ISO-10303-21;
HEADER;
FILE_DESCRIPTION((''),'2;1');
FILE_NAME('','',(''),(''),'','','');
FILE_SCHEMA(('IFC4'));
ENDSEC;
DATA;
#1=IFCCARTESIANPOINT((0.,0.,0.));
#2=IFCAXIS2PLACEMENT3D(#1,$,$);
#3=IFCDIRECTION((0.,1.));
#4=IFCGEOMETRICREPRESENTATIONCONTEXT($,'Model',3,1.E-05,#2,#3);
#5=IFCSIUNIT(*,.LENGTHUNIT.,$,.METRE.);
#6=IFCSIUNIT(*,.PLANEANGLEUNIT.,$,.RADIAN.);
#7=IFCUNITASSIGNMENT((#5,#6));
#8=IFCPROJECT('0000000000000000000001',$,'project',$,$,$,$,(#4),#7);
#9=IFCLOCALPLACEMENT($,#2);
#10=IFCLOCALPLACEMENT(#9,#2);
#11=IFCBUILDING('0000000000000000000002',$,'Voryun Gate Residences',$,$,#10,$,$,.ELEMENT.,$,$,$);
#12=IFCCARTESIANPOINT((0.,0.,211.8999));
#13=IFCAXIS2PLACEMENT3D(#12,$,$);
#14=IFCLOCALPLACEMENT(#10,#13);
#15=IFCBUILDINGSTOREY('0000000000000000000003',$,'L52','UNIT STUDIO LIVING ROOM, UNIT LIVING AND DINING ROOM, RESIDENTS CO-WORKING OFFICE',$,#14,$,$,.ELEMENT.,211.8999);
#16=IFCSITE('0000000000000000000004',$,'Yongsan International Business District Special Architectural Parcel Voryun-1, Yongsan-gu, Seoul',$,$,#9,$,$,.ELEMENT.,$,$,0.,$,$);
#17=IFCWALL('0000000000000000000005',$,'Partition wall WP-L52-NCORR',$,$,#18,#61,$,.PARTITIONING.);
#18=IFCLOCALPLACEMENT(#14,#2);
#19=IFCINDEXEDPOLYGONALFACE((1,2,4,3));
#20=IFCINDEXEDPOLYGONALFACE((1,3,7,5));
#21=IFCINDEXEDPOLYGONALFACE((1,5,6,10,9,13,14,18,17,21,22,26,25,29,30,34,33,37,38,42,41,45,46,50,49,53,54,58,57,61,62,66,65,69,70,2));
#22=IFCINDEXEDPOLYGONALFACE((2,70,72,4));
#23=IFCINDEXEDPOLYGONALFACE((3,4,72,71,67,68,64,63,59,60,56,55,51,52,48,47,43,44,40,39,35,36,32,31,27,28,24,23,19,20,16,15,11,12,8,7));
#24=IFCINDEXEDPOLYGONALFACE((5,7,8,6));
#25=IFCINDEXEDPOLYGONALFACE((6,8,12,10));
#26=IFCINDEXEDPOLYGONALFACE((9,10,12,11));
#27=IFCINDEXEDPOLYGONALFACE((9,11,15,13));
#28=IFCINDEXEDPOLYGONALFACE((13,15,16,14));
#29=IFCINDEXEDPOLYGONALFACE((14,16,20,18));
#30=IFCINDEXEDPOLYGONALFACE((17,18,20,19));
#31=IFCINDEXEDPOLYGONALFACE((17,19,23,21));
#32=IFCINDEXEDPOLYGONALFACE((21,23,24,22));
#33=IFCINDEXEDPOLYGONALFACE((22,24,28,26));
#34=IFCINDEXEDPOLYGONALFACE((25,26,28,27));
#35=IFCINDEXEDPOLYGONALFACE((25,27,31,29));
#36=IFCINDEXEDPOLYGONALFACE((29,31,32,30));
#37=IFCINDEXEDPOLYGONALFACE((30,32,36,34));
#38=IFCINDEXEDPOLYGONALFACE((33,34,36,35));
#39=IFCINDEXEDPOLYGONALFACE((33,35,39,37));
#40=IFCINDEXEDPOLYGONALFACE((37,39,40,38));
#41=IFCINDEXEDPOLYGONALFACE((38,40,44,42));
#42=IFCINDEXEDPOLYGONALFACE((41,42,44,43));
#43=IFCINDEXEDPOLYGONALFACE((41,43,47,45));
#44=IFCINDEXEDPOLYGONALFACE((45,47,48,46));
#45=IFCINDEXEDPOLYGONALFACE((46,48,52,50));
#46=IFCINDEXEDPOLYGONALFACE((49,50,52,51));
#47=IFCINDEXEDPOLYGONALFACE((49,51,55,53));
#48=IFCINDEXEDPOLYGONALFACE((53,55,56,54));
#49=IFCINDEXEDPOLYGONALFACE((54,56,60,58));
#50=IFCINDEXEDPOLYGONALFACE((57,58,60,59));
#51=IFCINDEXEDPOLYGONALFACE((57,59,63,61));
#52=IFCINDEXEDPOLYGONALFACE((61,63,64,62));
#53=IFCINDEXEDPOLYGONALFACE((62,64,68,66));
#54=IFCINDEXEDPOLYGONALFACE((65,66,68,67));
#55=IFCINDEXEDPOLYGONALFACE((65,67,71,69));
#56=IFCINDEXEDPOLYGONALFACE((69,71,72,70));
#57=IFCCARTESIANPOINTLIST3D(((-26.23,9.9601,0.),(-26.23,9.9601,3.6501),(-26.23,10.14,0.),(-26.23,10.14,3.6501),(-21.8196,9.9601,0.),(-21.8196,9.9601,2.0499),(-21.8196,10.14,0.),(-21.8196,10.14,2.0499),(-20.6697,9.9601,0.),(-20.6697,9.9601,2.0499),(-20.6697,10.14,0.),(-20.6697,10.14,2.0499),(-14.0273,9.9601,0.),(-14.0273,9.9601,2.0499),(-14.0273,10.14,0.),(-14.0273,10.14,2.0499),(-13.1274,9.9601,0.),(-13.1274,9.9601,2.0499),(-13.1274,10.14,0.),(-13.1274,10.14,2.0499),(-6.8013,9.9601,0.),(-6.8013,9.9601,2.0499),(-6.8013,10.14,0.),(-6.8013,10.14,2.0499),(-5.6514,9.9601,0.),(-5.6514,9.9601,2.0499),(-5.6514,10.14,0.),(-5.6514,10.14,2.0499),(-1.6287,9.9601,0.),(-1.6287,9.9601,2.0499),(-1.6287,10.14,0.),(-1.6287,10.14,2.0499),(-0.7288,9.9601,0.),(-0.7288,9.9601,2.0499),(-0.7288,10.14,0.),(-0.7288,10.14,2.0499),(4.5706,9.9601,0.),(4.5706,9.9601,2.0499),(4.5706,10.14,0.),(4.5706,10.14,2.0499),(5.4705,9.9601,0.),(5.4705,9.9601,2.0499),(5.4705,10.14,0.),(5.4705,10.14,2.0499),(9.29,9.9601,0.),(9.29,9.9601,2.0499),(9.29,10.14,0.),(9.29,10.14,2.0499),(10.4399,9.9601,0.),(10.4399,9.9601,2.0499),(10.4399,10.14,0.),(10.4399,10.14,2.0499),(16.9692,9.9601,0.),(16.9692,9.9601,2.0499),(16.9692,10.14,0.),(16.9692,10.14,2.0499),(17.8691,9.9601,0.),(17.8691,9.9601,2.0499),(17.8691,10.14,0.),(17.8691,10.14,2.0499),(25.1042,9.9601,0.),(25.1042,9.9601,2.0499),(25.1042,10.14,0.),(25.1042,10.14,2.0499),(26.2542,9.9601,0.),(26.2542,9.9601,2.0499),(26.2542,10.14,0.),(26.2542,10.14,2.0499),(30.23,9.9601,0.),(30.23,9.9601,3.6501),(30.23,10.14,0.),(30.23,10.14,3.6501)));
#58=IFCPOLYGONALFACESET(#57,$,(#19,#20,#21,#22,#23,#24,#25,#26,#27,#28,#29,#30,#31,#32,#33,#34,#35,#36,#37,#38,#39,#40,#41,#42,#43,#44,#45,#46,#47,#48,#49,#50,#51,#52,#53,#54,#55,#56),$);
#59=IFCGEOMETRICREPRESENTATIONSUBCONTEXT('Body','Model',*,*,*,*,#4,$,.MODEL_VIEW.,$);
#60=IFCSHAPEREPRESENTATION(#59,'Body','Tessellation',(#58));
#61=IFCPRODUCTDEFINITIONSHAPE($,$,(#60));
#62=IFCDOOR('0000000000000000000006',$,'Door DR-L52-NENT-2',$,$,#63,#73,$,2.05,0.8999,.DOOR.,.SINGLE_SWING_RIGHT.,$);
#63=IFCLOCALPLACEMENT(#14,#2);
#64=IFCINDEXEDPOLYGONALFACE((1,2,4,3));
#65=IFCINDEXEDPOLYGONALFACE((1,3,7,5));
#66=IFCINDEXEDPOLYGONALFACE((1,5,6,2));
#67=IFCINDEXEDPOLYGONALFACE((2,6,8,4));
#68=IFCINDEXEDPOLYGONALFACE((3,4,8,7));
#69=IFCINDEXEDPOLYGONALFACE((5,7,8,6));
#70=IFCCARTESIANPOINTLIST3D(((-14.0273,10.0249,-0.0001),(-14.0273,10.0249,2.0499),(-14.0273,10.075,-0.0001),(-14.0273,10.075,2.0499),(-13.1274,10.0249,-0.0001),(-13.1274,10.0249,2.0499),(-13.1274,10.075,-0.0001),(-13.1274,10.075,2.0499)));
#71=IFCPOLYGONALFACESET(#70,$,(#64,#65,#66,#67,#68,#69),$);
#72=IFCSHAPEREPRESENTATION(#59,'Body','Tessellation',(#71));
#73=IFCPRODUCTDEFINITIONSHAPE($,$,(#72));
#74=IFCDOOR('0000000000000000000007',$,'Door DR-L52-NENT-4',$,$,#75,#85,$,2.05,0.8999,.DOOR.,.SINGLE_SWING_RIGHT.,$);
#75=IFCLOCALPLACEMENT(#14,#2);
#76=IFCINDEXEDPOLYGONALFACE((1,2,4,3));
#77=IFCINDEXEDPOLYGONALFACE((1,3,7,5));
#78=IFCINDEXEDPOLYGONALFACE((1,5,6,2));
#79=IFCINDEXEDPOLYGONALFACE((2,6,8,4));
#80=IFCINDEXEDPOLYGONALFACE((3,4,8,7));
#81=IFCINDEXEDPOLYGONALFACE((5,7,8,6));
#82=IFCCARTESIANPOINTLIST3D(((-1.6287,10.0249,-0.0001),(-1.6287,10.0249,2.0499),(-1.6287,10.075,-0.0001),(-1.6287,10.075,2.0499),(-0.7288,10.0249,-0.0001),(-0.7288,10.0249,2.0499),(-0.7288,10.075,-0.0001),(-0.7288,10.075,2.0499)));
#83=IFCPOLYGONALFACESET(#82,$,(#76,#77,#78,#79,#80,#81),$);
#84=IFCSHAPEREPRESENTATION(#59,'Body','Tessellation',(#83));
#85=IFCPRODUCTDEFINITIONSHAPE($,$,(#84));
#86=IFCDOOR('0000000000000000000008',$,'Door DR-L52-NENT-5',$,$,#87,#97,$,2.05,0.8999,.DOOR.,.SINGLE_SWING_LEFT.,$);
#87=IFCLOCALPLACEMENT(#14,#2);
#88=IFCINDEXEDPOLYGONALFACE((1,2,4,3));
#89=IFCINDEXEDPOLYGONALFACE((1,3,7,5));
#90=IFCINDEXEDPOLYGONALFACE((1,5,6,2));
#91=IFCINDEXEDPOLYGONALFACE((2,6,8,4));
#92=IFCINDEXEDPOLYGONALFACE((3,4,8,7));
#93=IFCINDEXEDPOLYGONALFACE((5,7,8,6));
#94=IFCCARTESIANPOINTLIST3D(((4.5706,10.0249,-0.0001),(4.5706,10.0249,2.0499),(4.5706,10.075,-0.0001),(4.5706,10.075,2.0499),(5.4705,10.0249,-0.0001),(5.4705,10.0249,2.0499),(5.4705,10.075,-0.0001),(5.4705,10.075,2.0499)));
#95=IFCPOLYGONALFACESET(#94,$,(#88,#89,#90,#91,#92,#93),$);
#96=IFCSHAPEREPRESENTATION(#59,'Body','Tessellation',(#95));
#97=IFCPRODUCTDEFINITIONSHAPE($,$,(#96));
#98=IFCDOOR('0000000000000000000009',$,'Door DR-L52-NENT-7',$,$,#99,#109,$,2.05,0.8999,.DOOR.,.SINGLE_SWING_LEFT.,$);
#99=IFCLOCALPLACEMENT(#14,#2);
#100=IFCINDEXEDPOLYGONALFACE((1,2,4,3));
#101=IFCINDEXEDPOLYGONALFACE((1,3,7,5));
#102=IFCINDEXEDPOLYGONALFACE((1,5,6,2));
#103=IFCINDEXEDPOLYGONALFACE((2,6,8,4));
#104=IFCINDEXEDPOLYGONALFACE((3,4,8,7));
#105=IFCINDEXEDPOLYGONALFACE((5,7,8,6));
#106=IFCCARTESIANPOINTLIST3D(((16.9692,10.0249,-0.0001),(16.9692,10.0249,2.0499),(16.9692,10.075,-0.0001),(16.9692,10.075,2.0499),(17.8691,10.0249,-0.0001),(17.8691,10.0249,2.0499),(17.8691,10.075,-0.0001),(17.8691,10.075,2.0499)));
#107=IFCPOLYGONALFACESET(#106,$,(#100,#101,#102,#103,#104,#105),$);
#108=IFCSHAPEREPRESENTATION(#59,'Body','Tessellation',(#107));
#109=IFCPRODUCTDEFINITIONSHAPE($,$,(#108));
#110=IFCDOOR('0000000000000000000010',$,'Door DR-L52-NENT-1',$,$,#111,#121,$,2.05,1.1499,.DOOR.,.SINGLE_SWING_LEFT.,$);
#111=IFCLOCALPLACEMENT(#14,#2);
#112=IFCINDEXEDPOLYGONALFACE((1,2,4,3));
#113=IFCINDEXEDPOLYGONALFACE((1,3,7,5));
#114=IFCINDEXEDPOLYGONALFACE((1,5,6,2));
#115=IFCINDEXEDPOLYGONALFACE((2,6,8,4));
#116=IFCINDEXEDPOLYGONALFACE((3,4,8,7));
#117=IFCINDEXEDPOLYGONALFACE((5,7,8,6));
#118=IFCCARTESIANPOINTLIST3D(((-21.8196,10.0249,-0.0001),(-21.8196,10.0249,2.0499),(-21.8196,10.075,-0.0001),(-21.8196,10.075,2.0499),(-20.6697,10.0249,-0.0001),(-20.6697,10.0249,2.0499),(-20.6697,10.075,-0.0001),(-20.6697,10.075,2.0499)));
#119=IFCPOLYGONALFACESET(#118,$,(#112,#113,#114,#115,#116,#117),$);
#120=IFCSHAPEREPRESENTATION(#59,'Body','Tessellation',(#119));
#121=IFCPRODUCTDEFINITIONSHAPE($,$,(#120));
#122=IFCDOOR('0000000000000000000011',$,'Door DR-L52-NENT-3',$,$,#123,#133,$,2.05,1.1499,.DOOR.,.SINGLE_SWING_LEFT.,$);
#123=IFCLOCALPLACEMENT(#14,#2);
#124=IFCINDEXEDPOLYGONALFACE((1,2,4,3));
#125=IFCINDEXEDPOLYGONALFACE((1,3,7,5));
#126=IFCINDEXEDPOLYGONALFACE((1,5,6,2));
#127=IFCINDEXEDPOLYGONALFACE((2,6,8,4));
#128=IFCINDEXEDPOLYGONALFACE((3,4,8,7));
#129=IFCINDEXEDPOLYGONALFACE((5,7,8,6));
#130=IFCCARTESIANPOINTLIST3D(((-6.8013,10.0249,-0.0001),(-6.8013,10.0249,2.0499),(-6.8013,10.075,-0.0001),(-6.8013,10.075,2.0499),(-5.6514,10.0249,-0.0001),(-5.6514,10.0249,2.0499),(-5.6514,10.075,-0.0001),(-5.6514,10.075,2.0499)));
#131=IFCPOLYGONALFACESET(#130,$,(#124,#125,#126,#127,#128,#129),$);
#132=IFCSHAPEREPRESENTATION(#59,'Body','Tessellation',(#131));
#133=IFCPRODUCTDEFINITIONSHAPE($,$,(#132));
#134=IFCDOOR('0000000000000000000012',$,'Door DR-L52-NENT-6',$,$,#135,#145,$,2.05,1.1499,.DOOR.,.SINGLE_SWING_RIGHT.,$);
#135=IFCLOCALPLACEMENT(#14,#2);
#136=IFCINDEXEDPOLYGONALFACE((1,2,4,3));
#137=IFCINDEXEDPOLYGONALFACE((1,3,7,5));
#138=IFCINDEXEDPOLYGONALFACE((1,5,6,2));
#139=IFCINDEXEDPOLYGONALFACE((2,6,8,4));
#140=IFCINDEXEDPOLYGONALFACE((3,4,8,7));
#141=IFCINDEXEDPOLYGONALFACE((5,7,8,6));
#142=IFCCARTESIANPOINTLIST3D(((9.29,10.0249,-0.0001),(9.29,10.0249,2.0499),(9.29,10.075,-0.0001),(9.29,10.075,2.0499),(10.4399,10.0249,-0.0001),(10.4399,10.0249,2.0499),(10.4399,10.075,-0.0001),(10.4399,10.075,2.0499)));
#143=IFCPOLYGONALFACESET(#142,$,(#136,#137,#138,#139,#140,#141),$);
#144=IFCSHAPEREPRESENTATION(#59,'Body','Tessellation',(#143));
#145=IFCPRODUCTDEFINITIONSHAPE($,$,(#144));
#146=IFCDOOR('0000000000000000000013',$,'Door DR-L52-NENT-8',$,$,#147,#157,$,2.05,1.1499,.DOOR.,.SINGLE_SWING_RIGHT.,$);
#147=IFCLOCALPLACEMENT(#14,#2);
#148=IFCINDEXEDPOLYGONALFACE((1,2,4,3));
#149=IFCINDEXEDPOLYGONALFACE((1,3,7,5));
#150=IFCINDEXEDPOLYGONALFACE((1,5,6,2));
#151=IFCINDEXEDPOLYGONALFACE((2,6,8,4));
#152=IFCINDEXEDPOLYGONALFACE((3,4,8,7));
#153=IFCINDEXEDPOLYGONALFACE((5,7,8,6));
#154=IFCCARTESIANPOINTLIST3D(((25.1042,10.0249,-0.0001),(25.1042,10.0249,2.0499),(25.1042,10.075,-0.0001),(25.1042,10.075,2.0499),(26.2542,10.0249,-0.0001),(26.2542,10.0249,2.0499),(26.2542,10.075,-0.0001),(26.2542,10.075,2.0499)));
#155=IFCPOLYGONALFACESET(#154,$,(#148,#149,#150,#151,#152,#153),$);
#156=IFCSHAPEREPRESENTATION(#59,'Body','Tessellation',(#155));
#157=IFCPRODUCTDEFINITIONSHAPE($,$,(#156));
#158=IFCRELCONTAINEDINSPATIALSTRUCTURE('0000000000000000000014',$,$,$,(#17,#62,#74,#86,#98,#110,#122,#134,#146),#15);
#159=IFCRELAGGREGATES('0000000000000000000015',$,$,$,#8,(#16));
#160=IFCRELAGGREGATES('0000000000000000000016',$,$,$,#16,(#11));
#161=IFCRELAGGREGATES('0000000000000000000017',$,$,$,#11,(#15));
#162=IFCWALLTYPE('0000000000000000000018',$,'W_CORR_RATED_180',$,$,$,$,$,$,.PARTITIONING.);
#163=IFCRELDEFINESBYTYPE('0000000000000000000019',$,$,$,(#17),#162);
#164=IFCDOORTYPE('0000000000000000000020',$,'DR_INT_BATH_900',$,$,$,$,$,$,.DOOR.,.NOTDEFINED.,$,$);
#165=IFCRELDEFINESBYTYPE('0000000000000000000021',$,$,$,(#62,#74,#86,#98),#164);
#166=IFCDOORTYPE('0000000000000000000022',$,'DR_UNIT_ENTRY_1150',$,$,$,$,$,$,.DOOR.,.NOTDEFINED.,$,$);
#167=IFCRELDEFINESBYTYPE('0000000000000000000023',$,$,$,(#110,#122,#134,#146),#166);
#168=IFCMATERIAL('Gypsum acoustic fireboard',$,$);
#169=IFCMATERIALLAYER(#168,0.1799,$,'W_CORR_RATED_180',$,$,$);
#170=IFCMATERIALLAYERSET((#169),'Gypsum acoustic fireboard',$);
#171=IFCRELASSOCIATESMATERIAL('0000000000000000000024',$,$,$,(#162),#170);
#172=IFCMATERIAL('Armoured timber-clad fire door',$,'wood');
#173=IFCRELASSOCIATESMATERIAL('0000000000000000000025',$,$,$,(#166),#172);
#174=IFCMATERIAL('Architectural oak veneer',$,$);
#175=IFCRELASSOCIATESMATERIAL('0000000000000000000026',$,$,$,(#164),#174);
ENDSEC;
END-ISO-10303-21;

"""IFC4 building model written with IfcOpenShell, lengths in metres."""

from ifc_helpers import new_model, si_unit, direction, frame, frame_2d, origin, place, context, subcontext, project, spatial, rectangle, extrude, material, layer, layer_set, type_object, element, fill, save


model = new_model("IFC4")

# Units and contexts
model_context = context("Model", 3, precision=1e-05, world=origin(), true_north=direction((0.0, 1.0)))
body_context = subcontext(model_context, "Body", "Model", "MODEL_VIEW")
ifc_project = project(units=[si_unit("LENGTHUNIT", "METRE"), si_unit("PLANEANGLEUNIT", "RADIAN")], contexts=[model_context])

# Site, building, storey
site_placement = place(None, origin())
site = spatial("IfcSite", under=ifc_project, at=site_placement, Name="Yongsan International Business District Special Architectural Parcel Voryun-1, Yongsan-gu, Seoul", CompositionType="ELEMENT", RefElevation=0.0)
building_placement = place(site_placement, origin())
building = spatial("IfcBuilding", under=site, at=building_placement, Name="Voryun Gate Residences", CompositionType="ELEMENT")
storey_placement = place(building_placement, frame((0.0, 0.0, 211.8999)))
storey = spatial("IfcBuildingStorey", under=building, at=storey_placement, Name="L52", Description="UNIT STUDIO LIVING ROOM, UNIT LIVING AND DINING ROOM, RESIDENTS CO-WORKING OFFICE", CompositionType="ELEMENT", Elevation=211.8999)

# Shared definitions
ifc_material_1 = material(Name="Gypsum acoustic fireboard")
ifc_layer_1 = layer(ifc_material_1, 0.1799, Name="W_CORR_RATED_180")
ifc_layer_set_1 = layer_set([ifc_layer_1], Name="Gypsum acoustic fireboard")
wall_type_1 = type_object("IfcWallType", Name="W_CORR_RATED_180", PredefinedType="PARTITIONING", material=ifc_layer_set_1)
ifc_material_2 = material(Name="Armoured timber-clad fire door", Category="wood")
door_type_1 = type_object("IfcDoorType", Name="DR_UNIT_ENTRY_1150", OperationType="NOTDEFINED", PredefinedType="DOOR", material=ifc_material_2)

# Wall, openings, doors
wall_1_placement = place(storey_placement, frame((-26.23, 10.05, 0.0), z_axis=(0.0, 0.0, 1.0), x_axis=(1.0, 0.0, 0.0)))
wall_1 = element("IfcWall", 1, at=wall_1_placement, inside=storey, type_object=wall_type_1, Name="Partition wall WP-L52-NCORR", PredefinedType="PARTITIONING", context=body_context, shape_type="SweptSolid", body=[
    extrude(rectangle(XDim=56.46, YDim=0.1799, at=frame_2d((28.23, 0.0))), origin(), (0.0, 0.0, 1.0), 3.6501),
])
opening_1_placement = place(wall_1_placement, frame((4.4104, 0.0, 0.0)))
opening_1 = element("IfcOpeningElement", 2, at=opening_1_placement, cuts=wall_1, PredefinedType="OPENING", context=body_context, shape_type="SweptSolid", body=[
    extrude(rectangle(XDim=1.1499, YDim=2.05, at=frame_2d((0.575, 1.0249))), frame((0.0, 0.0999, 0.0), z_axis=(0.0, -1.0, 0.0), x_axis=(1.0, 0.0, 0.0)), (0.0, 0.0, 1.0), 0.2),
])
opening_2_placement = place(wall_1_placement, frame((12.2026, 0.0, 0.0)))
opening_2 = element("IfcOpeningElement", 3, at=opening_2_placement, cuts=wall_1, PredefinedType="OPENING", context=body_context, shape_type="SweptSolid", body=[
    extrude(rectangle(XDim=0.8999, YDim=2.05, at=frame_2d((0.45, 1.0249))), frame((0.0, 0.0999, 0.0), z_axis=(0.0, -1.0, 0.0), x_axis=(1.0, 0.0, 0.0)), (0.0, 0.0, 1.0), 0.2),
])
opening_3_placement = place(wall_1_placement, frame((19.4287, 0.0, 0.0)))
opening_3 = element("IfcOpeningElement", 4, at=opening_3_placement, cuts=wall_1, PredefinedType="OPENING", context=body_context, shape_type="SweptSolid", body=[
    extrude(rectangle(XDim=1.1499, YDim=2.05, at=frame_2d((0.575, 1.0249))), frame((0.0, 0.0999, 0.0), z_axis=(0.0, -1.0, 0.0), x_axis=(1.0, 0.0, 0.0)), (0.0, 0.0, 1.0), 0.2),
])
opening_4_placement = place(wall_1_placement, frame((24.6013, 0.0, 0.0)))
opening_4 = element("IfcOpeningElement", 5, at=opening_4_placement, cuts=wall_1, PredefinedType="OPENING", context=body_context, shape_type="SweptSolid", body=[
    extrude(rectangle(XDim=0.8999, YDim=2.05, at=frame_2d((0.45, 1.0249))), frame((0.0, 0.0999, 0.0), z_axis=(0.0, -1.0, 0.0), x_axis=(1.0, 0.0, 0.0)), (0.0, 0.0, 1.0), 0.2),
])
opening_5_placement = place(wall_1_placement, frame((30.8005, 0.0, 0.0)))
opening_5 = element("IfcOpeningElement", 6, at=opening_5_placement, cuts=wall_1, PredefinedType="OPENING", context=body_context, shape_type="SweptSolid", body=[
    extrude(rectangle(XDim=0.8999, YDim=2.05, at=frame_2d((0.45, 1.0249))), frame((0.0, 0.0999, 0.0), z_axis=(0.0, -1.0, 0.0), x_axis=(1.0, 0.0, 0.0)), (0.0, 0.0, 1.0), 0.2),
])
opening_6_placement = place(wall_1_placement, frame((35.52, 0.0, 0.0)))
opening_6 = element("IfcOpeningElement", 7, at=opening_6_placement, cuts=wall_1, PredefinedType="OPENING", context=body_context, shape_type="SweptSolid", body=[
    extrude(rectangle(XDim=1.1499, YDim=2.05, at=frame_2d((0.575, 1.0249))), frame((0.0, 0.0999, 0.0), z_axis=(0.0, -1.0, 0.0), x_axis=(1.0, 0.0, 0.0)), (0.0, 0.0, 1.0), 0.2),
])
opening_7_placement = place(wall_1_placement, frame((43.1992, 0.0, 0.0)))
opening_7 = element("IfcOpeningElement", 8, at=opening_7_placement, cuts=wall_1, PredefinedType="OPENING", context=body_context, shape_type="SweptSolid", body=[
    extrude(rectangle(XDim=0.8999, YDim=2.05, at=frame_2d((0.45, 1.0249))), frame((0.0, 0.0999, 0.0), z_axis=(0.0, -1.0, 0.0), x_axis=(1.0, 0.0, 0.0)), (0.0, 0.0, 1.0), 0.2),
])
opening_8_placement = place(wall_1_placement, frame((51.3342, 0.0, 0.0)))
opening_8 = element("IfcOpeningElement", 9, at=opening_8_placement, cuts=wall_1, PredefinedType="OPENING", context=body_context, shape_type="SweptSolid", body=[
    extrude(rectangle(XDim=1.1499, YDim=2.05, at=frame_2d((0.575, 1.0249))), frame((0.0, 0.0999, 0.0), z_axis=(0.0, -1.0, 0.0), x_axis=(1.0, 0.0, 0.0)), (0.0, 0.0, 1.0), 0.2),
])
ifc_material_3 = material(Name="Architectural oak veneer")
door_type_2 = type_object("IfcDoorType", Name="DR_INT_BATH_900", OperationType="NOTDEFINED", PredefinedType="DOOR", material=ifc_material_3)
door_1_placement = place(opening_2_placement, origin())
door_1 = element("IfcDoor", 10, at=door_1_placement, inside=storey, type_object=door_type_2, Name="Door DR-L52-NENT-2", OperationType="SINGLE_SWING_RIGHT", OverallHeight=2.05, OverallWidth=0.8999, PredefinedType="DOOR", context=body_context, shape_type="SweptSolid", body=[
    extrude(rectangle(XDim=0.8999, YDim=2.05, at=frame_2d((0.45, 1.0249))), frame((0.0, 0.0249, 0.0), z_axis=(0.0, -1.0, 0.0), x_axis=(1.0, 0.0, 0.0)), (0.0, 0.0, 1.0), 0.05),
])
fill(opening_2, door_1)
door_2_placement = place(opening_4_placement, origin())
door_2 = element("IfcDoor", 11, at=door_2_placement, inside=storey, type_object=door_type_2, Name="Door DR-L52-NENT-4", OperationType="SINGLE_SWING_RIGHT", OverallHeight=2.05, OverallWidth=0.8999, PredefinedType="DOOR", context=body_context, shape_type="SweptSolid", body=[
    extrude(rectangle(XDim=0.8999, YDim=2.05, at=frame_2d((0.45, 1.0249))), frame((0.0, 0.0249, 0.0), z_axis=(0.0, -1.0, 0.0), x_axis=(1.0, 0.0, 0.0)), (0.0, 0.0, 1.0), 0.05),
])
fill(opening_4, door_2)
door_3_placement = place(opening_5_placement, origin())
door_3 = element("IfcDoor", 12, at=door_3_placement, inside=storey, type_object=door_type_2, Name="Door DR-L52-NENT-5", OperationType="SINGLE_SWING_LEFT", OverallHeight=2.05, OverallWidth=0.8999, PredefinedType="DOOR", context=body_context, shape_type="SweptSolid", body=[
    extrude(rectangle(XDim=0.8999, YDim=2.05, at=frame_2d((0.45, 1.0249))), frame((0.0, 0.0249, 0.0), z_axis=(0.0, -1.0, 0.0), x_axis=(1.0, 0.0, 0.0)), (0.0, 0.0, 1.0), 0.05),
])
fill(opening_5, door_3)
door_4_placement = place(opening_7_placement, origin())
door_4 = element("IfcDoor", 13, at=door_4_placement, inside=storey, type_object=door_type_2, Name="Door DR-L52-NENT-7", OperationType="SINGLE_SWING_LEFT", OverallHeight=2.05, OverallWidth=0.8999, PredefinedType="DOOR", context=body_context, shape_type="SweptSolid", body=[
    extrude(rectangle(XDim=0.8999, YDim=2.05, at=frame_2d((0.45, 1.0249))), frame((0.0, 0.0249, 0.0), z_axis=(0.0, -1.0, 0.0), x_axis=(1.0, 0.0, 0.0)), (0.0, 0.0, 1.0), 0.05),
])
fill(opening_7, door_4)
door_5_placement = place(opening_1_placement, origin())
door_5 = element("IfcDoor", 14, at=door_5_placement, inside=storey, type_object=door_type_1, Name="Door DR-L52-NENT-1", OperationType="SINGLE_SWING_LEFT", OverallHeight=2.05, OverallWidth=1.1499, PredefinedType="DOOR", context=body_context, shape_type="SweptSolid", body=[
    extrude(rectangle(XDim=1.1499, YDim=2.05, at=frame_2d((0.575, 1.0249))), frame((0.0, 0.0249, 0.0), z_axis=(0.0, -1.0, 0.0), x_axis=(1.0, 0.0, 0.0)), (0.0, 0.0, 1.0), 0.05),
])
fill(opening_1, door_5)
door_6_placement = place(opening_3_placement, origin())
door_6 = element("IfcDoor", 15, at=door_6_placement, inside=storey, type_object=door_type_1, Name="Door DR-L52-NENT-3", OperationType="SINGLE_SWING_LEFT", OverallHeight=2.05, OverallWidth=1.1499, PredefinedType="DOOR", context=body_context, shape_type="SweptSolid", body=[
    extrude(rectangle(XDim=1.1499, YDim=2.05, at=frame_2d((0.575, 1.0249))), frame((0.0, 0.0249, 0.0), z_axis=(0.0, -1.0, 0.0), x_axis=(1.0, 0.0, 0.0)), (0.0, 0.0, 1.0), 0.05),
])
fill(opening_3, door_6)
door_7_placement = place(opening_6_placement, origin())
door_7 = element("IfcDoor", 16, at=door_7_placement, inside=storey, type_object=door_type_1, Name="Door DR-L52-NENT-6", OperationType="SINGLE_SWING_RIGHT", OverallHeight=2.05, OverallWidth=1.1499, PredefinedType="DOOR", context=body_context, shape_type="SweptSolid", body=[
    extrude(rectangle(XDim=1.1499, YDim=2.05, at=frame_2d((0.575, 1.0249))), frame((0.0, 0.0249, 0.0), z_axis=(0.0, -1.0, 0.0), x_axis=(1.0, 0.0, 0.0)), (0.0, 0.0, 1.0), 0.05),
])
fill(opening_6, door_7)
door_8_placement = place(opening_8_placement, origin())
door_8 = element("IfcDoor", 17, at=door_8_placement, inside=storey, type_object=door_type_1, Name="Door DR-L52-NENT-8", OperationType="SINGLE_SWING_RIGHT", OverallHeight=2.05, OverallWidth=1.1499, PredefinedType="DOOR", context=body_context, shape_type="SweptSolid", body=[
    extrude(rectangle(XDim=1.1499, YDim=2.05, at=frame_2d((0.575, 1.0249))), frame((0.0, 0.0249, 0.0), z_axis=(0.0, -1.0, 0.0), x_axis=(1.0, 0.0, 0.0)), (0.0, 0.0, 1.0), 0.05),
])
fill(opening_8, door_8)

save(model, "model.ifc")
